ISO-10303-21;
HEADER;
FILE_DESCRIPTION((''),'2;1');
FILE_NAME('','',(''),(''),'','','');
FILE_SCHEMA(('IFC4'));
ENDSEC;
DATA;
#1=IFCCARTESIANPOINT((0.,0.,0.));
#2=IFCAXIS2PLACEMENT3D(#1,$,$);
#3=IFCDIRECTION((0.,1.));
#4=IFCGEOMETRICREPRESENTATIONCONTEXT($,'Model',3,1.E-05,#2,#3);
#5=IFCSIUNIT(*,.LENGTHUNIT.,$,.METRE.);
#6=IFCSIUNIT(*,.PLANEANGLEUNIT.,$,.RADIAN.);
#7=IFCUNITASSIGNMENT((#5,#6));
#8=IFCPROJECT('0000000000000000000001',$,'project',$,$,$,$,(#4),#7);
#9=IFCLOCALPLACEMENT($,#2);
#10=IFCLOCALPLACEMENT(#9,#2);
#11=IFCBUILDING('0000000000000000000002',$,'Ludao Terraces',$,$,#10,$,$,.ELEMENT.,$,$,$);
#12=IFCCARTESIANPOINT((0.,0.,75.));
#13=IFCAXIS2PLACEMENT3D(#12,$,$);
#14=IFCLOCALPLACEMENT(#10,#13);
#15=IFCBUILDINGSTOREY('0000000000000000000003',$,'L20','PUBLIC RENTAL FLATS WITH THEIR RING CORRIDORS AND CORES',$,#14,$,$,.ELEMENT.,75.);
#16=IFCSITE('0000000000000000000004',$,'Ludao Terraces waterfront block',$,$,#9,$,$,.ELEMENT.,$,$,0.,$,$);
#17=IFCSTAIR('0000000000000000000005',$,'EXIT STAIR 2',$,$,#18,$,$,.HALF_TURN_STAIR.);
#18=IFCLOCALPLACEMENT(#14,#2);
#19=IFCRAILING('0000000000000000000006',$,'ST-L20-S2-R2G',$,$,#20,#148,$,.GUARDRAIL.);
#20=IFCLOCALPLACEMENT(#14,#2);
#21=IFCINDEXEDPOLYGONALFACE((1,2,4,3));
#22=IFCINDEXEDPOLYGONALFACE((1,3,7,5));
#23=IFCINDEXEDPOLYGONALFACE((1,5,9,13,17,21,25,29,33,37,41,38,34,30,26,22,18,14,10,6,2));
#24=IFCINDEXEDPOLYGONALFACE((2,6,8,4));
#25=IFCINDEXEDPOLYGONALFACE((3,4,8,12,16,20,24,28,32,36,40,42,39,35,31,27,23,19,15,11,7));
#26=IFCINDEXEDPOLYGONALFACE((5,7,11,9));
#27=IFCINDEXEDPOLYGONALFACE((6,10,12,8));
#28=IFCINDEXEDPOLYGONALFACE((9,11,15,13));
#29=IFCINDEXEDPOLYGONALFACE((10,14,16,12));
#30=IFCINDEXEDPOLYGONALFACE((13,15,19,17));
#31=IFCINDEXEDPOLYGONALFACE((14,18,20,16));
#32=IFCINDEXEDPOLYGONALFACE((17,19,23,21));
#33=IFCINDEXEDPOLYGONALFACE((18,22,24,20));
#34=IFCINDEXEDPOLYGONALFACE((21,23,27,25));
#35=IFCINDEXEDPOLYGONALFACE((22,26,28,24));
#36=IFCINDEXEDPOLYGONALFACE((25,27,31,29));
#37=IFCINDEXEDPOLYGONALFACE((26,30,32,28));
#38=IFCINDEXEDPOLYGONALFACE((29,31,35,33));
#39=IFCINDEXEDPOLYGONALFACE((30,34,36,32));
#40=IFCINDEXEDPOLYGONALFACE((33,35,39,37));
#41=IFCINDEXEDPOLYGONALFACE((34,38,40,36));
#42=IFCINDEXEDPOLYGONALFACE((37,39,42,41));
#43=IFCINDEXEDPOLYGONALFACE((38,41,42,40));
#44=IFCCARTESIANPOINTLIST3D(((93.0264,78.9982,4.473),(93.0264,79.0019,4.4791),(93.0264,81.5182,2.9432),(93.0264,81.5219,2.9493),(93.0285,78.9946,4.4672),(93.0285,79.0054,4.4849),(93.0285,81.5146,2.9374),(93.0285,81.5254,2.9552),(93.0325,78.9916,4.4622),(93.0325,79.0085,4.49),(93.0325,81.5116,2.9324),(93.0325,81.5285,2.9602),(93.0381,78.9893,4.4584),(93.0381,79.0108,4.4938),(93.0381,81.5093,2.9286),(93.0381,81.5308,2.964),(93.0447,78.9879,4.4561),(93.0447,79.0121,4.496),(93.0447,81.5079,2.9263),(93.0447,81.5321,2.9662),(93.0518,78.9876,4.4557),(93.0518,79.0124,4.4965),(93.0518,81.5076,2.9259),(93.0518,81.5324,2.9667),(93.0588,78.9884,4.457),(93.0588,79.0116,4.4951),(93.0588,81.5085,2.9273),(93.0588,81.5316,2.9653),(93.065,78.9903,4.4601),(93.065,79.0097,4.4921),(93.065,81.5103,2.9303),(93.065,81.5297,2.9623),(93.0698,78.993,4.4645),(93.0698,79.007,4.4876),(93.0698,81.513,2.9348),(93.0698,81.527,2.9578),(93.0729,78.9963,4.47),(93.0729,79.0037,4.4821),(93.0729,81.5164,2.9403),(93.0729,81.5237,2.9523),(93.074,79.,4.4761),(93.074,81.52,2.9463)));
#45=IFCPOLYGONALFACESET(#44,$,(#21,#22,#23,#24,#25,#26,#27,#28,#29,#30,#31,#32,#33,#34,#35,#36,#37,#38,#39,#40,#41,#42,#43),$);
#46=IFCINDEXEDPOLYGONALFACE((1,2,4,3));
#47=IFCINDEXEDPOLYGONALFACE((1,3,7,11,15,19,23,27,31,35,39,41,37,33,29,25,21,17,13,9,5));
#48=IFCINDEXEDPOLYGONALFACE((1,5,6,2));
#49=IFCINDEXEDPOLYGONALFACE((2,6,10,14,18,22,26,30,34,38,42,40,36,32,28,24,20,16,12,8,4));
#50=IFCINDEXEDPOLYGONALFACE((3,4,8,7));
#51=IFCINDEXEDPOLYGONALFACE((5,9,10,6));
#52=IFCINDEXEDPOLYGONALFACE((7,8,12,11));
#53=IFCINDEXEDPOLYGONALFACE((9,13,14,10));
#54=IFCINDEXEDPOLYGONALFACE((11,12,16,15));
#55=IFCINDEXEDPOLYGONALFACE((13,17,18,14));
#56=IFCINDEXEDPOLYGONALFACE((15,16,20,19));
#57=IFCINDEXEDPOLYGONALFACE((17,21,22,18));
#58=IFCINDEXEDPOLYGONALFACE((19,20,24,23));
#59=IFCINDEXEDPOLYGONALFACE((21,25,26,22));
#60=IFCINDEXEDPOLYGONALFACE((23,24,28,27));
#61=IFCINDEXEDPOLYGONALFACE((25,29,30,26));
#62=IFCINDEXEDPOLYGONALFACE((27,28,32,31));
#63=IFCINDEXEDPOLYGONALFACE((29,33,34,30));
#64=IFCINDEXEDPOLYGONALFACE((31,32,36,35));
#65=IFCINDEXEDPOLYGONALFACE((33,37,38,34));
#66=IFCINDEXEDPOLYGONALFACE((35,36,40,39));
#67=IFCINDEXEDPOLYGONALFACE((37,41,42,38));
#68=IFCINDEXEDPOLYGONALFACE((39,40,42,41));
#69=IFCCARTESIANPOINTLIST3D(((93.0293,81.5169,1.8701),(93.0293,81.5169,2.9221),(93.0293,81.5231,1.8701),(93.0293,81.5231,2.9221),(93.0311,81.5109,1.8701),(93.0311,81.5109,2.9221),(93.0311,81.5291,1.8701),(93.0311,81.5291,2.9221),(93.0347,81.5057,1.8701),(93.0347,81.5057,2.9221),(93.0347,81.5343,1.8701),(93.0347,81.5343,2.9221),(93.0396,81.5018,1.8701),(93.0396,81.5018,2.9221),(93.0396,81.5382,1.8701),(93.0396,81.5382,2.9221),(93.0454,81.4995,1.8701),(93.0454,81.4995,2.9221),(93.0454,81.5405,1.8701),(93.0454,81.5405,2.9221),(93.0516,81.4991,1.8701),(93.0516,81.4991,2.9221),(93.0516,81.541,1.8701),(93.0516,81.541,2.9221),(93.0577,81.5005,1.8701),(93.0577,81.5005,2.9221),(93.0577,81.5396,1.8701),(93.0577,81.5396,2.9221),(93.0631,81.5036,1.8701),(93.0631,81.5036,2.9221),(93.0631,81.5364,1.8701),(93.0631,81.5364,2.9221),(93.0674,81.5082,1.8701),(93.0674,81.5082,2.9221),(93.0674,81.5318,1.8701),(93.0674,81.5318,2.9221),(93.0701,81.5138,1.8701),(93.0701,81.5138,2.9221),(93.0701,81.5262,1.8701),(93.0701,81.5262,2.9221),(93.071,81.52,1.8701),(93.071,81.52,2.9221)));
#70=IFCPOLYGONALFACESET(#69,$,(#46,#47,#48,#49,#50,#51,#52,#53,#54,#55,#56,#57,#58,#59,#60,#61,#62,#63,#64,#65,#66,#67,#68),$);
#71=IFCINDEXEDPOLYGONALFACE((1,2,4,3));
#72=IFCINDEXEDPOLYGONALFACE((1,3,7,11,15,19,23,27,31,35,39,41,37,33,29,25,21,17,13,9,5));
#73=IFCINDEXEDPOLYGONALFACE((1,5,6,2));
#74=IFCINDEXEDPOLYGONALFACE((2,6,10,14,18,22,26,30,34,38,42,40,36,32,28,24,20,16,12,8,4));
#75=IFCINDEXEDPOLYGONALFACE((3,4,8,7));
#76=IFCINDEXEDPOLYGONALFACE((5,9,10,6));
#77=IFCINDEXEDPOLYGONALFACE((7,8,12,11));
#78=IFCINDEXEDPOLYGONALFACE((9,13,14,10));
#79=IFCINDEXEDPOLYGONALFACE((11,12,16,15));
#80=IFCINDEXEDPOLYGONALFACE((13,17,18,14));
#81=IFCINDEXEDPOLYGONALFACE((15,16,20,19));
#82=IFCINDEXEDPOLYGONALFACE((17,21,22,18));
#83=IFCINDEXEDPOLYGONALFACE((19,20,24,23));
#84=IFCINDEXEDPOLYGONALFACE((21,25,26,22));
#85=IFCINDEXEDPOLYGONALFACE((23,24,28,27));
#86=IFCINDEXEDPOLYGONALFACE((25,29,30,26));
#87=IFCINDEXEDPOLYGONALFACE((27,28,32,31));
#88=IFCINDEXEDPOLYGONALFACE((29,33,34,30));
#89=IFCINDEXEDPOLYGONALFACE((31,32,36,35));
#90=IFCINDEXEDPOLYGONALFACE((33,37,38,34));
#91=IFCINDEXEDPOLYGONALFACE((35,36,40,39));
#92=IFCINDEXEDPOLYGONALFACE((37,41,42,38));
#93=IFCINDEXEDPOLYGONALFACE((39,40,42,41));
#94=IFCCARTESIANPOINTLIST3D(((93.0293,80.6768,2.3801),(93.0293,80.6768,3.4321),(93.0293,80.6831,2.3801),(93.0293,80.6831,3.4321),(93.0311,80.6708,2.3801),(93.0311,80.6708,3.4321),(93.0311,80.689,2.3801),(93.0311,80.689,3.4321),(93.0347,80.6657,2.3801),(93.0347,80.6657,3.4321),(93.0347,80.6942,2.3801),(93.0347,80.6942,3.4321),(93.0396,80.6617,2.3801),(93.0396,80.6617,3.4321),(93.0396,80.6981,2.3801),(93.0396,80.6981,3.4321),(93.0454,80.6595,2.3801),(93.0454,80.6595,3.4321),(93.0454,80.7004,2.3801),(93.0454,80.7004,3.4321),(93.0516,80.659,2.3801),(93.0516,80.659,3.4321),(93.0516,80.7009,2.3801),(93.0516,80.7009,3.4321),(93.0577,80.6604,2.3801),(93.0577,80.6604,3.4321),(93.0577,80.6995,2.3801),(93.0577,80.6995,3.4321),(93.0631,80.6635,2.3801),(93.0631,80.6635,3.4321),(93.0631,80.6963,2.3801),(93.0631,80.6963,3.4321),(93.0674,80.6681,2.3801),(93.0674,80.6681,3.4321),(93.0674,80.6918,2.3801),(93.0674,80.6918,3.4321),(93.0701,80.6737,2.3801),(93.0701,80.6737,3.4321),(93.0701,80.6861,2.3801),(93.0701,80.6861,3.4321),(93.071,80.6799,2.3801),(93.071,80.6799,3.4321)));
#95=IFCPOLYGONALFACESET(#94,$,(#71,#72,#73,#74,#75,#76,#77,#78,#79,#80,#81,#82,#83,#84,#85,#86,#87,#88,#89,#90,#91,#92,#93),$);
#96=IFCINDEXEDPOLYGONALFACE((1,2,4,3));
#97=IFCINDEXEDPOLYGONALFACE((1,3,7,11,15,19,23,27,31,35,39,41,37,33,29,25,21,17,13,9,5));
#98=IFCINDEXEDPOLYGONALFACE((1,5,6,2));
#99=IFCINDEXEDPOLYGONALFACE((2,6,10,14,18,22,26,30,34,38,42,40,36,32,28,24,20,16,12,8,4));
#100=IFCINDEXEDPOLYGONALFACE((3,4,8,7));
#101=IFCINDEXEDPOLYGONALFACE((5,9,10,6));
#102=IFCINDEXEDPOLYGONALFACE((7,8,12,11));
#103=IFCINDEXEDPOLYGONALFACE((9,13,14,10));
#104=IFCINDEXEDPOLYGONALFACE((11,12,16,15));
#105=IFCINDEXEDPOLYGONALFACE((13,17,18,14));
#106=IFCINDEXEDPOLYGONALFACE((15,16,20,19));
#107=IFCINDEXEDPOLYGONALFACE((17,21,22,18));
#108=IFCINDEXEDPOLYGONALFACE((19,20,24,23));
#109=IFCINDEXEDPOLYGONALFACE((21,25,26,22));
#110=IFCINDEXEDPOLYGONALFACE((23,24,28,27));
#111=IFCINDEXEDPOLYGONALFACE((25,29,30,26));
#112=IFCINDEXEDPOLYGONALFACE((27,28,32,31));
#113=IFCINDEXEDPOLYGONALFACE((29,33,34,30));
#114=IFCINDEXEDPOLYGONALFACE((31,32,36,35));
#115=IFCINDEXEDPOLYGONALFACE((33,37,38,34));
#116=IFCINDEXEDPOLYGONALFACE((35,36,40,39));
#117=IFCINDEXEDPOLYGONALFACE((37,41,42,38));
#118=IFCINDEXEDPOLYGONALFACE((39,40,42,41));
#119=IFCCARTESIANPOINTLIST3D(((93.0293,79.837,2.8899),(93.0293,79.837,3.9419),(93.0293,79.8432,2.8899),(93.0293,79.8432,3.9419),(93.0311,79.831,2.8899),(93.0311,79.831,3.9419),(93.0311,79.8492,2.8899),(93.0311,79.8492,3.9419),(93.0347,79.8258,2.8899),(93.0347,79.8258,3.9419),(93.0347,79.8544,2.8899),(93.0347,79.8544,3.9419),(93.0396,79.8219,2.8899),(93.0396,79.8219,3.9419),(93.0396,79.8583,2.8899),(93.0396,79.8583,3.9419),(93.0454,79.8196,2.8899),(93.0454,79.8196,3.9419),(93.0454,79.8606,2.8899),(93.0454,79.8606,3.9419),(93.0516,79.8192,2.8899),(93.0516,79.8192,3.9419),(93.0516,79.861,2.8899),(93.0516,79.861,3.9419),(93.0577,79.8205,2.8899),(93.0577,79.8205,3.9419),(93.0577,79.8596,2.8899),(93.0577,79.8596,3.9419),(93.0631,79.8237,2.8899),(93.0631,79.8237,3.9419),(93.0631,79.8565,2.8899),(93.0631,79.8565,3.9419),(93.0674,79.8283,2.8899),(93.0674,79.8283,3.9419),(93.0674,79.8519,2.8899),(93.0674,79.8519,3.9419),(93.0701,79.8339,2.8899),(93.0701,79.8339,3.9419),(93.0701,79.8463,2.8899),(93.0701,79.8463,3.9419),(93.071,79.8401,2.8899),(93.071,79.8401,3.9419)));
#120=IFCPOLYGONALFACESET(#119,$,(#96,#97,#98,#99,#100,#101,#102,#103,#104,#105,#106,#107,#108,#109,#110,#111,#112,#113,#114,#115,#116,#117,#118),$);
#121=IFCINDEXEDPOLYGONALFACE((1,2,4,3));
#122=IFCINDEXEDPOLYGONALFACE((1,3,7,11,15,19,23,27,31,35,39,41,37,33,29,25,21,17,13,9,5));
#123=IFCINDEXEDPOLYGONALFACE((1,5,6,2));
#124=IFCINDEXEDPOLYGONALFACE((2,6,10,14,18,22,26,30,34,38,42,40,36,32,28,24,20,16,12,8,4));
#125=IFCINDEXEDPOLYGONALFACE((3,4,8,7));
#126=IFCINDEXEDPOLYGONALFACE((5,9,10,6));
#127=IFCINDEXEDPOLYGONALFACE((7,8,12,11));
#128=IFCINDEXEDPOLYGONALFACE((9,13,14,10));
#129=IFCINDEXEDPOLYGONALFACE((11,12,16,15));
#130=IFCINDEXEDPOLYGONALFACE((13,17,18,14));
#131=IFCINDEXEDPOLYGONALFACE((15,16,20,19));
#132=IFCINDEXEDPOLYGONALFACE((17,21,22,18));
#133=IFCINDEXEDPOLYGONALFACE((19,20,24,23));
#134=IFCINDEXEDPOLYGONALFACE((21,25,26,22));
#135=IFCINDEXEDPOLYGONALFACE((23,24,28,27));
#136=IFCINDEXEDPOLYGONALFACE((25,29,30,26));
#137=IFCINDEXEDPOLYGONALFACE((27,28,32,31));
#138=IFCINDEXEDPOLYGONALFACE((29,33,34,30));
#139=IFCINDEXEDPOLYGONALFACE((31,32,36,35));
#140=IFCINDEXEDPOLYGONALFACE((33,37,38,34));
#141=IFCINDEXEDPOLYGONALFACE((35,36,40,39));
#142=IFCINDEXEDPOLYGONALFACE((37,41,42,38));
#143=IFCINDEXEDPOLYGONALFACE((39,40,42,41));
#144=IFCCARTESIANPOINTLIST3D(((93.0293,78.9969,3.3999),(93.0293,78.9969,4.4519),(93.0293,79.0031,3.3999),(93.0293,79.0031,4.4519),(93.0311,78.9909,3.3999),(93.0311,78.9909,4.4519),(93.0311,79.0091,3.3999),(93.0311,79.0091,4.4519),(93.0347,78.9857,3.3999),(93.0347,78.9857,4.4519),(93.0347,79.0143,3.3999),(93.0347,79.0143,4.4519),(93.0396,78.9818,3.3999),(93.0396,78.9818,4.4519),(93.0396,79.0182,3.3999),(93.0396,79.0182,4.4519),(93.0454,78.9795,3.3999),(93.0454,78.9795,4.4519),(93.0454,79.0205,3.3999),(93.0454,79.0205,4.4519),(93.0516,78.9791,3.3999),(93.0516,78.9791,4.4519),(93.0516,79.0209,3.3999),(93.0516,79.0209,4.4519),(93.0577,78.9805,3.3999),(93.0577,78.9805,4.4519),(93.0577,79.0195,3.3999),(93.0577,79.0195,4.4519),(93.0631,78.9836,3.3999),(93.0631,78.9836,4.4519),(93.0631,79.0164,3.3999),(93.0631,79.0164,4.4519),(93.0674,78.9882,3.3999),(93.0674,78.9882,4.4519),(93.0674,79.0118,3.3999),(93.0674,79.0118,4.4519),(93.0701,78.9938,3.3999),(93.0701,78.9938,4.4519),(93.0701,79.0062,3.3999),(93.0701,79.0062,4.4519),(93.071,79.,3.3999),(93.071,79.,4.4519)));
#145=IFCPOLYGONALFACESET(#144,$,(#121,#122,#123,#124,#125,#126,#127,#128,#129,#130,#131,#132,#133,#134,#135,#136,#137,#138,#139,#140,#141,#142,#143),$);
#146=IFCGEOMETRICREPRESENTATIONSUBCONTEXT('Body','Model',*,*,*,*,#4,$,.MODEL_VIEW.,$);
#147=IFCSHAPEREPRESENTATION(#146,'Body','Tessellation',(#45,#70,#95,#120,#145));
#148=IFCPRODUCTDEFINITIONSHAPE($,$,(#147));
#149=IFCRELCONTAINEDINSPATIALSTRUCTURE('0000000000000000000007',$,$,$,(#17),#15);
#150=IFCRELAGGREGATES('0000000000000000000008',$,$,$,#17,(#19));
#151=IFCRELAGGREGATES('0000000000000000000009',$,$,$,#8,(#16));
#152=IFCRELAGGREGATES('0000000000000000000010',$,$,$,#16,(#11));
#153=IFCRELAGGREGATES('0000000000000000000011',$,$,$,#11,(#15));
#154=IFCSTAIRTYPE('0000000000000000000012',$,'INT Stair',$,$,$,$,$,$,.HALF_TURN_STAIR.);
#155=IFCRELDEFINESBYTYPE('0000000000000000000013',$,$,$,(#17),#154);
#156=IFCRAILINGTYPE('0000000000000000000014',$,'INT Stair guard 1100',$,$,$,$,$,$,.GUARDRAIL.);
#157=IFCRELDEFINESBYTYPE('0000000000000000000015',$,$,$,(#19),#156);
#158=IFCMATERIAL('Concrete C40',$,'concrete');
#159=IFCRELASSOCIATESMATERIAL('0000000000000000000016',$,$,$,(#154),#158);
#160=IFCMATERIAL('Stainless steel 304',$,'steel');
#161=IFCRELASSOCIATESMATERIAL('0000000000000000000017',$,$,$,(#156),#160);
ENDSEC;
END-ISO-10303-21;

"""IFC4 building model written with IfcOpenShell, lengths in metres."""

from ifc_helpers import new_model, si_unit, direction, frame, origin, origin_2d, place, context, subcontext, project, spatial, circle, extrude, material, type_object, element, aggregate, save


model = new_model("IFC4")

# Units and contexts
model_context = context("Model", 3, precision=1e-05, world=origin(), true_north=direction((0.0, 1.0)))
body_context = subcontext(model_context, "Body", "Model", "MODEL_VIEW")
ifc_project = project(units=[si_unit("LENGTHUNIT", "METRE"), si_unit("PLANEANGLEUNIT", "RADIAN")], contexts=[model_context])

# Site, building, storey
site_placement = place(None, origin())
site = spatial("IfcSite", under=ifc_project, at=site_placement, Name="Ludao Terraces waterfront block", CompositionType="ELEMENT", RefElevation=0.0)
building_placement = place(site_placement, origin())
building = spatial("IfcBuilding", under=site, at=building_placement, Name="Ludao Terraces", CompositionType="ELEMENT")
storey_placement = place(building_placement, frame((0.0, 0.0, 75.0)))
storey = spatial("IfcBuildingStorey", under=building, at=storey_placement, Name="L20", Description="PUBLIC RENTAL FLATS WITH THEIR RING CORRIDORS AND CORES", CompositionType="ELEMENT", Elevation=75.0)

# Shared definitions
ifc_material_1 = material(Name="Concrete C40", Category="concrete")

# Stair, railing
stair_type = type_object("IfcStairType", Name="INT Stair", PredefinedType="HALF_TURN_STAIR", material=ifc_material_1)
stair_placement = place(storey_placement, origin())
stair = element("IfcStair", 1, at=stair_placement, inside=storey, type_object=stair_type, Name="EXIT STAIR 2", PredefinedType="HALF_TURN_STAIR")
ifc_material_2 = material(Name="Stainless steel 304", Category="steel")
railing_type_1 = type_object("IfcRailingType", Name="INT Stair guard 1100", PredefinedType="GUARDRAIL", material=ifc_material_2)
railing_1_placement = place(storey_placement, frame((93.05, 81.52, 1.8701)))
railing_1 = element("IfcRailing", 2, at=railing_1_placement, type_object=railing_type_1, Name="ST-L20-S2-R2G", PredefinedType="GUARDRAIL", context=body_context, shape_type="SweptSolid", body=[
    extrude(circle(Radius=0.0239, at=origin_2d()), frame((0.0, 0.0, 1.0762), z_axis=(0.0, -0.854822, 0.518922), x_axis=(1.0, 0.0, 0.0)), (0.0, 0.0, 1.0), 2.948),
    extrude(circle(Radius=0.021, at=origin_2d()), origin(), (0.0, 0.0, 1.0), 1.052),
    extrude(circle(Radius=0.021, at=origin_2d()), frame((0.0, -0.8401, 0.51)), (0.0, 0.0, 1.0), 1.052),
    extrude(circle(Radius=0.021, at=origin_2d()), frame((0.0, -1.6799, 1.0198)), (0.0, 0.0, 1.0), 1.052),
    extrude(circle(Radius=0.021, at=origin_2d()), frame((0.0, -2.52, 1.5298)), (0.0, 0.0, 1.0), 1.052),
])
aggregate(stair, [railing_1])

save(model, "model.ifc")
